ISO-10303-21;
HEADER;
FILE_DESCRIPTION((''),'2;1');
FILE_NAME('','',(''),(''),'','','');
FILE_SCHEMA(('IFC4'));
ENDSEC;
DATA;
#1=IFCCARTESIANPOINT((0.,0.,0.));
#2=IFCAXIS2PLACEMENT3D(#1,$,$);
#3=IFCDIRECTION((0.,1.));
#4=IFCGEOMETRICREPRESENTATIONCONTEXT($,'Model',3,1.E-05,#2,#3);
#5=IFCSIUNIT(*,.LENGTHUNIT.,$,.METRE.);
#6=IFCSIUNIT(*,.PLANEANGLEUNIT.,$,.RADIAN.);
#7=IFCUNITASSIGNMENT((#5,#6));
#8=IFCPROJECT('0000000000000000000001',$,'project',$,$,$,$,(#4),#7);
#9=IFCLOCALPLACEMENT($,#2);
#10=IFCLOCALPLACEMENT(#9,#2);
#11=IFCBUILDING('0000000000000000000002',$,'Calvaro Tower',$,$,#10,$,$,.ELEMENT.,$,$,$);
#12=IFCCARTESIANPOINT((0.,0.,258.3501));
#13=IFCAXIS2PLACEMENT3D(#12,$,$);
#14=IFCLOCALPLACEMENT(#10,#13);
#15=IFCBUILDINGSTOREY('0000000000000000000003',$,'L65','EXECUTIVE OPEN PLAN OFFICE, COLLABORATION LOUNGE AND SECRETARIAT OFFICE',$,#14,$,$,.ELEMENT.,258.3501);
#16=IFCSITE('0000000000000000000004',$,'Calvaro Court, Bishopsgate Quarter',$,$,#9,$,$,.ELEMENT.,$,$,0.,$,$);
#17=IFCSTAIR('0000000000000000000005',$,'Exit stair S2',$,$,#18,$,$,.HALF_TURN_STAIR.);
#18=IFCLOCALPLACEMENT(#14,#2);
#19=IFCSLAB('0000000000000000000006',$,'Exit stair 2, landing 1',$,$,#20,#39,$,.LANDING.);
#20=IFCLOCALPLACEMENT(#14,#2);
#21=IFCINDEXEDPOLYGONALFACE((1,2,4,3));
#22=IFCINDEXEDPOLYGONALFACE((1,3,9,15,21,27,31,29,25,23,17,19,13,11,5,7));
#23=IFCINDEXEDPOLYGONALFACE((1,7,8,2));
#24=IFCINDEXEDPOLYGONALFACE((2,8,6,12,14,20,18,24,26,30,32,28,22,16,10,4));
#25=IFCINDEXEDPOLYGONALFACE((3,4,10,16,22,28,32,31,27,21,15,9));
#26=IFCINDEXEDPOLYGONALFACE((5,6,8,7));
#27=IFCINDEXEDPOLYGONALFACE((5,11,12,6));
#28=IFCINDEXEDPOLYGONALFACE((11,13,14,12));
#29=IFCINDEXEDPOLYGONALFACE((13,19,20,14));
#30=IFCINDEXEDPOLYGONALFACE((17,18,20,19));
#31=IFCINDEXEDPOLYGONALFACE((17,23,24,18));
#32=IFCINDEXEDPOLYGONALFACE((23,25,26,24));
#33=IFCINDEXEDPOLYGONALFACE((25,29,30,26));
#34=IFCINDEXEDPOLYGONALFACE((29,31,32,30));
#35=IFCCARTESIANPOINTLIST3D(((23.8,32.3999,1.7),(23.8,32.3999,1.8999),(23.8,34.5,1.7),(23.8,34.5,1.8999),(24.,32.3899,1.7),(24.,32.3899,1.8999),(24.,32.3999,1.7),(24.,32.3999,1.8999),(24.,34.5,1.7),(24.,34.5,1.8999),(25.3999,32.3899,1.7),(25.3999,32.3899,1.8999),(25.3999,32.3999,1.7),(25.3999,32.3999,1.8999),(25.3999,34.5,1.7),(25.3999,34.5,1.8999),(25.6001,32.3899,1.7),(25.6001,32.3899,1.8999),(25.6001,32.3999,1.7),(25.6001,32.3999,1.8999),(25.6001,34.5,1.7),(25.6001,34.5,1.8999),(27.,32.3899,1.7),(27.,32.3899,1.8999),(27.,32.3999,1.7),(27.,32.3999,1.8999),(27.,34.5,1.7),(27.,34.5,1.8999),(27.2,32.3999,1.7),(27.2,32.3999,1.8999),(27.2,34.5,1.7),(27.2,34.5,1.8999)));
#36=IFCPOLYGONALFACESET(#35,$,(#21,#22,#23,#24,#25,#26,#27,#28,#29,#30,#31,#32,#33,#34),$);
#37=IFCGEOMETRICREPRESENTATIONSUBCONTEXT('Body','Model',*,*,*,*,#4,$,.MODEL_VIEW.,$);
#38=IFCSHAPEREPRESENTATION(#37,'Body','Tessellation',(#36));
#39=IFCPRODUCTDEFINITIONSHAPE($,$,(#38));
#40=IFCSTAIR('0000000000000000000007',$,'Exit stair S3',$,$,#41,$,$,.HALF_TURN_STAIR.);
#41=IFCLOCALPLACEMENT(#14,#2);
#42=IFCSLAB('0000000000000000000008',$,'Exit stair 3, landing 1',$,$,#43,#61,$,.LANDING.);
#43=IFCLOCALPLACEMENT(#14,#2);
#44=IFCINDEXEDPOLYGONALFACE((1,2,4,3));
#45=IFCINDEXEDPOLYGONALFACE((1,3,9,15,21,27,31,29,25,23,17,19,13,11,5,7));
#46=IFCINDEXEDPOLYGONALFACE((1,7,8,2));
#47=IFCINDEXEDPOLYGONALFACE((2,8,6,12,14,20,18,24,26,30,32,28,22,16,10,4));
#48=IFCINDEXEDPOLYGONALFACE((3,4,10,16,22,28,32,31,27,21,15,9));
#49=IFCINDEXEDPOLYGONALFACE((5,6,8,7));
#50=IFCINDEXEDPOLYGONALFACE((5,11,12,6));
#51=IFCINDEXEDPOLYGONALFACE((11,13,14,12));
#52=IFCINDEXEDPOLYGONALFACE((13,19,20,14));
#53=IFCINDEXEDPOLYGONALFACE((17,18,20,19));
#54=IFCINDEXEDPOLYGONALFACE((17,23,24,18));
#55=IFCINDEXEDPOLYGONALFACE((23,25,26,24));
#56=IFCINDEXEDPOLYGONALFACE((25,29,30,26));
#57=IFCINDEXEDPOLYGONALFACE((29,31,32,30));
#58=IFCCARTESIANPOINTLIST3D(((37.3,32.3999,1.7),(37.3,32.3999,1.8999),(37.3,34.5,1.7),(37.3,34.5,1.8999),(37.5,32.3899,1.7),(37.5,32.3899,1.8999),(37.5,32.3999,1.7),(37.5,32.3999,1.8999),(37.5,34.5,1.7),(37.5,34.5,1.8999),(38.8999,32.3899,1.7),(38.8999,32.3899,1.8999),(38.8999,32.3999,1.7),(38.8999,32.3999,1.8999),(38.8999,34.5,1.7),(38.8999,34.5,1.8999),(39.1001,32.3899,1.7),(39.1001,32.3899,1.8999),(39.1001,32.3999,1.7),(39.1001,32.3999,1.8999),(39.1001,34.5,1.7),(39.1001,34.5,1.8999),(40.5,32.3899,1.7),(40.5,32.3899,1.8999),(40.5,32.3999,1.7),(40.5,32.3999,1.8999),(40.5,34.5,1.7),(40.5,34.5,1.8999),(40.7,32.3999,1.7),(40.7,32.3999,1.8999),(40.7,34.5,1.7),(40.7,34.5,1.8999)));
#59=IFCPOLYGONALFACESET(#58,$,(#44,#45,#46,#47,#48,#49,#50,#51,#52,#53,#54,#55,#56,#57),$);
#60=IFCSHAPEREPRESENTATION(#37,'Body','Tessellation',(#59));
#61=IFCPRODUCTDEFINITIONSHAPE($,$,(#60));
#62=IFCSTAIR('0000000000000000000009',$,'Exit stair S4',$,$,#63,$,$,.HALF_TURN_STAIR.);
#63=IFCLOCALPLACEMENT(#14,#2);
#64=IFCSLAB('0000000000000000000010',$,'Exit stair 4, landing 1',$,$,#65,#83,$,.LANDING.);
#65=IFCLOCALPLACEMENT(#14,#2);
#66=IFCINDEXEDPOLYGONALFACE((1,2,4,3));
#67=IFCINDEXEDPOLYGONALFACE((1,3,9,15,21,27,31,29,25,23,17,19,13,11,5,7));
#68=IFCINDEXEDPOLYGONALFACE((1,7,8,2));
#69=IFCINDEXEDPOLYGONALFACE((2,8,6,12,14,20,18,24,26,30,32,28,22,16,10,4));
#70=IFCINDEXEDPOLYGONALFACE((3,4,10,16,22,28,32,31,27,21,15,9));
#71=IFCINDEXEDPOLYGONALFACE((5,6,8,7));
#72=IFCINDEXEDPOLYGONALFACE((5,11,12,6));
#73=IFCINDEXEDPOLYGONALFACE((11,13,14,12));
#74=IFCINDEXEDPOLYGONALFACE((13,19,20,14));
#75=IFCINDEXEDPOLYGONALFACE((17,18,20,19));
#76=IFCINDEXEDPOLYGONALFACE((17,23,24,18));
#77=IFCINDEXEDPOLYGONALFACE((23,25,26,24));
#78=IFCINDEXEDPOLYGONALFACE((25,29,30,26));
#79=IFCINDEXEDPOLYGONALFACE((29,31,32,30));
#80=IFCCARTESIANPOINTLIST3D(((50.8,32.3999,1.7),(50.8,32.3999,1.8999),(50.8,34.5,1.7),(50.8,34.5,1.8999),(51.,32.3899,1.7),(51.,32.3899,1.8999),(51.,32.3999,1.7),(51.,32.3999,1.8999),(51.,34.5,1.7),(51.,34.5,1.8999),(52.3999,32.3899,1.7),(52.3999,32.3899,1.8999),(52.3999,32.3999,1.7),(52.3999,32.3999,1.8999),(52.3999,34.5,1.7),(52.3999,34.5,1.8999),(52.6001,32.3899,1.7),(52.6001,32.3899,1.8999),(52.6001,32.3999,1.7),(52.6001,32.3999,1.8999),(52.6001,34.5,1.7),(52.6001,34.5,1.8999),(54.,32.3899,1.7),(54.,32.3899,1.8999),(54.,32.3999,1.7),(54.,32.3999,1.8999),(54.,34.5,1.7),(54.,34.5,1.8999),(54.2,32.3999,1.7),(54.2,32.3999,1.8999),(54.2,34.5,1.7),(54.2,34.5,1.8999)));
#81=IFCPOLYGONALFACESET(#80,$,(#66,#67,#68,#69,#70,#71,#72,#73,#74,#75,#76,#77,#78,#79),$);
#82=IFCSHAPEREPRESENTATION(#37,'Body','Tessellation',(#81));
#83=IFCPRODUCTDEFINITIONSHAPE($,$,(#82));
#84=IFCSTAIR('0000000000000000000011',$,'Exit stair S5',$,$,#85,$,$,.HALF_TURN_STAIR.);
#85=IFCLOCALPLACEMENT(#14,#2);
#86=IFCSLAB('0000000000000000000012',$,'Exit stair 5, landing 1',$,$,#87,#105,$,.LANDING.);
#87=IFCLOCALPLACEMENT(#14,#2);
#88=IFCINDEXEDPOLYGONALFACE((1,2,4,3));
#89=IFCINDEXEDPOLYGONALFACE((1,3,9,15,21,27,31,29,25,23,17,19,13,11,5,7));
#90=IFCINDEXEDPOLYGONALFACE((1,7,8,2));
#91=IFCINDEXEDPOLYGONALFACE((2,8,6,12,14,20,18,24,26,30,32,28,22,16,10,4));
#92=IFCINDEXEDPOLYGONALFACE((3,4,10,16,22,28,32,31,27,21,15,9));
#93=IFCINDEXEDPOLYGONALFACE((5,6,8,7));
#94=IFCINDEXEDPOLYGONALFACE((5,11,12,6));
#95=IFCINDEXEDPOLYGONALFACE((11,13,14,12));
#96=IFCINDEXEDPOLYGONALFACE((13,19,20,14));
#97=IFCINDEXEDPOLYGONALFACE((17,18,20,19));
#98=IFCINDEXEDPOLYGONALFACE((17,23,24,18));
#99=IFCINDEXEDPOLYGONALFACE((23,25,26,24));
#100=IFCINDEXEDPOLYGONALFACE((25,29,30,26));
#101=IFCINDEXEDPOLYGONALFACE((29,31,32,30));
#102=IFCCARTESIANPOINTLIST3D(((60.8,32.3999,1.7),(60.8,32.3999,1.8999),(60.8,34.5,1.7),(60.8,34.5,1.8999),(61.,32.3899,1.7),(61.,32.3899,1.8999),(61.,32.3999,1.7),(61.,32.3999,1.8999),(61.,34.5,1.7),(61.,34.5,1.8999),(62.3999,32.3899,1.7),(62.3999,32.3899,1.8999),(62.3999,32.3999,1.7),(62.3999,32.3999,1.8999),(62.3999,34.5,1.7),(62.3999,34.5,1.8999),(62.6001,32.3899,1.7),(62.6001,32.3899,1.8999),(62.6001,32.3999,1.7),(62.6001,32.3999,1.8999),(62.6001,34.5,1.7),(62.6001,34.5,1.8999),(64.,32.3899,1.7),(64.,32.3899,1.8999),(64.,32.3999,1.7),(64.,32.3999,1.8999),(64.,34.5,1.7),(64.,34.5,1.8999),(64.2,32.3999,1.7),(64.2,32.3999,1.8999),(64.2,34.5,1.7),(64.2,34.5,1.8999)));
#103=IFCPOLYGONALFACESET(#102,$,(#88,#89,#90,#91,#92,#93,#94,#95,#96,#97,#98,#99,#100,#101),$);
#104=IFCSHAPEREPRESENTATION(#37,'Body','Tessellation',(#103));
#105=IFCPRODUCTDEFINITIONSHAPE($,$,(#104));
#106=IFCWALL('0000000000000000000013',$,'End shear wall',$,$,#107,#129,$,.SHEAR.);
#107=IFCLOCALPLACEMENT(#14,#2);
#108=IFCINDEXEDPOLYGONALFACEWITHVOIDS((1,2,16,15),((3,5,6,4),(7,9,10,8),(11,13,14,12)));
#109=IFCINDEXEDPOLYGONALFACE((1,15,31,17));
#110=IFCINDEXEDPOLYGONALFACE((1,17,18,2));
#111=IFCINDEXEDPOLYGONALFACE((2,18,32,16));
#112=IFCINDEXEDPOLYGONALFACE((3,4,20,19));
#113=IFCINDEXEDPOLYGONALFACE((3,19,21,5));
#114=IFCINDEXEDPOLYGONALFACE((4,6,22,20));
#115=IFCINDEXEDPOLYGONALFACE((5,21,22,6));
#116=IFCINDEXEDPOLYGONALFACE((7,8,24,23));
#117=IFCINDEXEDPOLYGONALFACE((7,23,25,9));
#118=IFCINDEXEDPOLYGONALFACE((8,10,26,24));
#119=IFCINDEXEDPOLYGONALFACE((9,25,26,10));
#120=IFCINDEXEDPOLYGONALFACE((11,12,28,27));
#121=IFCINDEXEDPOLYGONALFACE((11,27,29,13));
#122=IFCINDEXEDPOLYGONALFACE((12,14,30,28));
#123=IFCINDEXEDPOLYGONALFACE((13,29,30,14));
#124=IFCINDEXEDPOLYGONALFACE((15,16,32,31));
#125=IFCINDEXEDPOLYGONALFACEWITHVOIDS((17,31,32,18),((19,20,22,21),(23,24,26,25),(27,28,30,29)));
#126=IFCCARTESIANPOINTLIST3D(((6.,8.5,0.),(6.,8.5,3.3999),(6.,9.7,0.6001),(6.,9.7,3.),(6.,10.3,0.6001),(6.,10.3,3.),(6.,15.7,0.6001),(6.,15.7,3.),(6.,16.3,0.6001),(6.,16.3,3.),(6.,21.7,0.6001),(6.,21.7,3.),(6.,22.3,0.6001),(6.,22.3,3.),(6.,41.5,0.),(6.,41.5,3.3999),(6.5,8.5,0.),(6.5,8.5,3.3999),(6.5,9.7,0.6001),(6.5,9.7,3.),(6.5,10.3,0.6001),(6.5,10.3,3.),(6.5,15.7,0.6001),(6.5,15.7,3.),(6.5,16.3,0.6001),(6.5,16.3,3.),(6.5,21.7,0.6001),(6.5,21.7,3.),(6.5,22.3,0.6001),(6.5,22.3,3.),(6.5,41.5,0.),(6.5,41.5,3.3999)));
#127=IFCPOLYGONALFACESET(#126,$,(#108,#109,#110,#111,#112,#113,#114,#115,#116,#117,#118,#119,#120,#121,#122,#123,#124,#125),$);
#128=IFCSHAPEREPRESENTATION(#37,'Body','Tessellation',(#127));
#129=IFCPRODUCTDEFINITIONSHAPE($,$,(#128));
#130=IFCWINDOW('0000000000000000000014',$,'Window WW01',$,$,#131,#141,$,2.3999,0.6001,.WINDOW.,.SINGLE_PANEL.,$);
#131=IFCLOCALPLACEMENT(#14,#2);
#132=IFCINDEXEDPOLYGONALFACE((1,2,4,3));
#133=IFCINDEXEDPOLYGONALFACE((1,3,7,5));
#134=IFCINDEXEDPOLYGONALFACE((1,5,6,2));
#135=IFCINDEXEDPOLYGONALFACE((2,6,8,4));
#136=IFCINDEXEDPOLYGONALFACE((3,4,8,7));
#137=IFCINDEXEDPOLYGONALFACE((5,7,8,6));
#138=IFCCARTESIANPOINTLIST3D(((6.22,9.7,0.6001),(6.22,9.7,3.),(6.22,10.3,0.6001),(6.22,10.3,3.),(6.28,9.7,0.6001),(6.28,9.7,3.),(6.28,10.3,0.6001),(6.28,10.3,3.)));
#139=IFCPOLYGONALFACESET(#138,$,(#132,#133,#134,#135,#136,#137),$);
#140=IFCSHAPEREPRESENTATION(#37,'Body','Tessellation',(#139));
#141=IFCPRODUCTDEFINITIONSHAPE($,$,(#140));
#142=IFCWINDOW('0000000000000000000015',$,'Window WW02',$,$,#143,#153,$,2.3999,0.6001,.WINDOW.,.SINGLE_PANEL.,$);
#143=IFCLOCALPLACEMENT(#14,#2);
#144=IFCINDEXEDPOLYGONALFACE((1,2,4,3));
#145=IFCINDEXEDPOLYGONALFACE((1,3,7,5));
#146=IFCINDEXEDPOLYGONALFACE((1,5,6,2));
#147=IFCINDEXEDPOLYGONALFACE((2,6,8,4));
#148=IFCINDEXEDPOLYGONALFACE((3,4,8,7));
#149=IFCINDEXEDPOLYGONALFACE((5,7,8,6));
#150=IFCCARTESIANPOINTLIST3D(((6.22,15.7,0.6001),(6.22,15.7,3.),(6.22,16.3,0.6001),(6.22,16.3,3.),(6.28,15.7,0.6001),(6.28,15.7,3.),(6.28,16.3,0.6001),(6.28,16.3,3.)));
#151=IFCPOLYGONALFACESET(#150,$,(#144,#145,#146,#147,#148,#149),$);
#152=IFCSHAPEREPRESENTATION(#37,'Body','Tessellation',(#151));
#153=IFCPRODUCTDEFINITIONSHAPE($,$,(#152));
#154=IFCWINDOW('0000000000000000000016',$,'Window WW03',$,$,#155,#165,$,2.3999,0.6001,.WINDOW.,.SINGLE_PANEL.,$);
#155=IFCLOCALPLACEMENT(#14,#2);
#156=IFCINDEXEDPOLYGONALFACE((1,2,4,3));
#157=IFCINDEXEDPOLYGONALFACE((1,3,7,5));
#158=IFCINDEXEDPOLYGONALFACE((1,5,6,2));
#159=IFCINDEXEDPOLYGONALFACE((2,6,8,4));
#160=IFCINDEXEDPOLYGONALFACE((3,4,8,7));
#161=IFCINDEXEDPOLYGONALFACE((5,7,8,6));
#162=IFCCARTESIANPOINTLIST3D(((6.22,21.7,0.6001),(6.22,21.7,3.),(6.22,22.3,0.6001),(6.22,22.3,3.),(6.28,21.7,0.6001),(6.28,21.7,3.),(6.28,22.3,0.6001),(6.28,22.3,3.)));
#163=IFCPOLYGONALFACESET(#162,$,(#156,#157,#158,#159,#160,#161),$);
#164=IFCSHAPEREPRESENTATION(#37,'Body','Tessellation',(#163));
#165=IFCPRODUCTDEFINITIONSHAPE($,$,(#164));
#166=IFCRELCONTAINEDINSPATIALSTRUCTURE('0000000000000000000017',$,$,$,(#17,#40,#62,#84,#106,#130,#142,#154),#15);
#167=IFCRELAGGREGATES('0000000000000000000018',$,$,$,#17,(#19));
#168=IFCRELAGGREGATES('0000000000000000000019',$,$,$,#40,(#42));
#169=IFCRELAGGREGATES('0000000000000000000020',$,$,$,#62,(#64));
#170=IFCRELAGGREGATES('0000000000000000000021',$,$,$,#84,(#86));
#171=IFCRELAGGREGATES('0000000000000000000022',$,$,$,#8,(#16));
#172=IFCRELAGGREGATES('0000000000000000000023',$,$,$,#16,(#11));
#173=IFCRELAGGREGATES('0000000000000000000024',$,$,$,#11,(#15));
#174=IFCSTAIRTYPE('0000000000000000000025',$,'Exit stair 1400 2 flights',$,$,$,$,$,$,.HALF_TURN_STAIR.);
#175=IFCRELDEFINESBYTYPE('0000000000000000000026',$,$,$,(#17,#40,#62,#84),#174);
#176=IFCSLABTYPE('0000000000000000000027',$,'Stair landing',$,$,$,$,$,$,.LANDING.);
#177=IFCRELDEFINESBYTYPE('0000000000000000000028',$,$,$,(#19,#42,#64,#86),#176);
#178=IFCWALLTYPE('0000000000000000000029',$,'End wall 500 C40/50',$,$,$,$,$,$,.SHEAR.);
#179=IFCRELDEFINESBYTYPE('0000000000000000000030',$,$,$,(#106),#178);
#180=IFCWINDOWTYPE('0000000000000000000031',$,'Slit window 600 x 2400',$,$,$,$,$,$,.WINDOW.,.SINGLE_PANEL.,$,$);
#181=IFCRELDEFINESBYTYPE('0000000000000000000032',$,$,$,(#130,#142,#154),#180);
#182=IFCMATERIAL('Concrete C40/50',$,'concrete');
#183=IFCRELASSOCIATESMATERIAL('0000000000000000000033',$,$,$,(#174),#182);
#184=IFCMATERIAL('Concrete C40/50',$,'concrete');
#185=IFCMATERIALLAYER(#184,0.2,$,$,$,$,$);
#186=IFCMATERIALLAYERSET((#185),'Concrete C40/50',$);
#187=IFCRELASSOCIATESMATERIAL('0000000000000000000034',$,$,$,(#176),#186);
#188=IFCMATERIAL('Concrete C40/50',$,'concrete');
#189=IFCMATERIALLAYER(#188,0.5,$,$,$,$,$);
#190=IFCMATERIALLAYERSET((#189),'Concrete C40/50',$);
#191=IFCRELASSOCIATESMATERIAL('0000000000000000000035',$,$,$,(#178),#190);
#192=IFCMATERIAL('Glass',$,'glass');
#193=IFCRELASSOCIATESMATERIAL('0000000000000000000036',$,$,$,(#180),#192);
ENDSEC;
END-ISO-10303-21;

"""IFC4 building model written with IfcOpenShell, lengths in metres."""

from ifc_helpers import new_model, si_unit, direction, frame, frame_2d, origin, place, context, subcontext, project, spatial, polyline, rectangle, outline, extrude, material, layer, layer_set, type_object, element, fill, aggregate, save


model = new_model("IFC4")

# Units and contexts
model_context = context("Model", 3, precision=1e-05, world=origin(), true_north=direction((0.0, 1.0)))
body_context = subcontext(model_context, "Body", "Model", "MODEL_VIEW")
ifc_project = project(units=[si_unit("LENGTHUNIT", "METRE"), si_unit("PLANEANGLEUNIT", "RADIAN")], contexts=[model_context])

# Site, building, storey
site_placement = place(None, origin())
site = spatial("IfcSite", under=ifc_project, at=site_placement, Name="Calvaro Court, Bishopsgate Quarter", CompositionType="ELEMENT", RefElevation=0.0)
building_placement = place(site_placement, origin())
building = spatial("IfcBuilding", under=site, at=building_placement, Name="Calvaro Tower", CompositionType="ELEMENT")
storey_placement = place(building_placement, frame((0.0, 0.0, 258.3501)))
storey = spatial("IfcBuildingStorey", under=building, at=storey_placement, Name="L65", Description="EXECUTIVE OPEN PLAN OFFICE, COLLABORATION LOUNGE AND SECRETARIAT OFFICE", CompositionType="ELEMENT", Elevation=258.3501)

# Stairs, slabs
ifc_material_1 = material(Name="Concrete C40/50", Category="concrete")
stair_type = type_object("IfcStairType", Name="Exit stair 1400 2 flights", PredefinedType="HALF_TURN_STAIR", material=ifc_material_1)
ifc_material_2 = material(Name="Concrete C40/50", Category="concrete")
ifc_layer_1 = layer(ifc_material_2, 0.2)
ifc_layer_set_1 = layer_set([ifc_layer_1], Name="Concrete C40/50")
slab_type_1 = type_object("IfcSlabType", Name="Stair landing", PredefinedType="LANDING", material=ifc_layer_set_1)
stair_1_placement = place(storey_placement, origin())
stair_1 = element("IfcStair", 1, at=stair_1_placement, inside=storey, type_object=stair_type, Name="Exit stair S2", PredefinedType="HALF_TURN_STAIR")
slab_1_placement = place(storey_placement, frame((0.0, 0.0, 1.7)))
slab_1 = element("IfcSlab", 2, at=slab_1_placement, type_object=slab_type_1, Name="Exit stair 2, landing 1", PredefinedType="LANDING", context=body_context, shape_type="SweptSolid", body=[
    extrude(outline(polyline([(25.3999, 32.3899), (24.0, 32.3899), (24.0, 32.3999), (23.8, 32.3999), (23.8, 34.5), (24.0, 34.5), (25.3999, 34.5), (25.6001, 34.5), (27.0, 34.5), (27.2, 34.5), (27.2, 32.3999), (27.0, 32.3999), (27.0, 32.3899), (25.6001, 32.3899), (25.6001, 32.3999), (25.3999, 32.3999), (25.3999, 32.3899)])), origin(), (0.0, 0.0, 1.0), 0.2),
])
aggregate(stair_1, [slab_1])
stair_2_placement = place(storey_placement, origin())
stair_2 = element("IfcStair", 3, at=stair_2_placement, inside=storey, type_object=stair_type, Name="Exit stair S3", PredefinedType="HALF_TURN_STAIR")
slab_2_placement = place(storey_placement, frame((0.0, 0.0, 1.7)))
slab_2 = element("IfcSlab", 4, at=slab_2_placement, type_object=slab_type_1, Name="Exit stair 3, landing 1", PredefinedType="LANDING", context=body_context, shape_type="SweptSolid", body=[
    extrude(outline(polyline([(38.8999, 32.3899), (37.5, 32.3899), (37.5, 32.3999), (37.3, 32.3999), (37.3, 34.5), (37.5, 34.5), (38.8999, 34.5), (39.1001, 34.5), (40.5, 34.5), (40.7, 34.5), (40.7, 32.3999), (40.5, 32.3999), (40.5, 32.3899), (39.1001, 32.3899), (39.1001, 32.3999), (38.8999, 32.3999), (38.8999, 32.3899)])), origin(), (0.0, 0.0, 1.0), 0.2),
])
aggregate(stair_2, [slab_2])
stair_3_placement = place(storey_placement, origin())
stair_3 = element("IfcStair", 5, at=stair_3_placement, inside=storey, type_object=stair_type, Name="Exit stair S4", PredefinedType="HALF_TURN_STAIR")
slab_3_placement = place(storey_placement, frame((0.0, 0.0, 1.7)))
slab_3 = element("IfcSlab", 6, at=slab_3_placement, type_object=slab_type_1, Name="Exit stair 4, landing 1", PredefinedType="LANDING", context=body_context, shape_type="SweptSolid", body=[
    extrude(outline(polyline([(52.3999, 32.3899), (51.0, 32.3899), (51.0, 32.3999), (50.8, 32.3999), (50.8, 34.5), (51.0, 34.5), (52.3999, 34.5), (52.6001, 34.5), (54.0, 34.5), (54.2, 34.5), (54.2, 32.3999), (54.0, 32.3999), (54.0, 32.3899), (52.6001, 32.3899), (52.6001, 32.3999), (52.3999, 32.3999), (52.3999, 32.3899)])), origin(), (0.0, 0.0, 1.0), 0.2),
])
aggregate(stair_3, [slab_3])
stair_4_placement = place(storey_placement, origin())
stair_4 = element("IfcStair", 7, at=stair_4_placement, inside=storey, type_object=stair_type, Name="Exit stair S5", PredefinedType="HALF_TURN_STAIR")
slab_4_placement = place(storey_placement, frame((0.0, 0.0, 1.7)))
slab_4 = element("IfcSlab", 8, at=slab_4_placement, type_object=slab_type_1, Name="Exit stair 5, landing 1", PredefinedType="LANDING", context=body_context, shape_type="SweptSolid", body=[
    extrude(outline(polyline([(62.3999, 32.3899), (61.0, 32.3899), (61.0, 32.3999), (60.8, 32.3999), (60.8, 34.5), (61.0, 34.5), (62.3999, 34.5), (62.6001, 34.5), (64.0, 34.5), (64.2, 34.5), (64.2, 32.3999), (64.0, 32.3999), (64.0, 32.3899), (62.6001, 32.3899), (62.6001, 32.3999), (62.3999, 32.3999), (62.3999, 32.3899)])), origin(), (0.0, 0.0, 1.0), 0.2),
])
aggregate(stair_4, [slab_4])

# Wall, openings, windows
ifc_material_3 = material(Name="Concrete C40/50", Category="concrete")
ifc_layer_2 = layer(ifc_material_3, 0.5)
ifc_layer_set_2 = layer_set([ifc_layer_2], Name="Concrete C40/50")
wall_type = type_object("IfcWallType", Name="End wall 500 C40/50", PredefinedType="SHEAR", material=ifc_layer_set_2)
wall_placement = place(storey_placement, frame((6.25, 8.5, 0.0), z_axis=(0.0, 0.0, 1.0), x_axis=(0.0, 1.0, 0.0)))
wall = element("IfcWall", 9, at=wall_placement, inside=storey, type_object=wall_type, Name="End shear wall", PredefinedType="SHEAR", context=body_context, shape_type="SweptSolid", body=[
    extrude(rectangle(XDim=33.0, YDim=0.5, at=frame_2d((16.5, 0.0))), origin(), (0.0, 0.0, 1.0), 3.3999),
])
opening_1_placement = place(wall_placement, frame((1.2, 0.0, 0.6001)))
opening_1 = element("IfcOpeningElement", 10, at=opening_1_placement, cuts=wall, PredefinedType="OPENING", context=body_context, shape_type="SweptSolid", body=[
    extrude(rectangle(XDim=0.6001, YDim=2.3999, at=frame_2d((0.3, 1.2))), frame((0.0, 0.26, 0.0), z_axis=(0.0, -1.0, 0.0), x_axis=(1.0, 0.0, 0.0)), (0.0, 0.0, 1.0), 0.52),
])
opening_2_placement = place(wall_placement, frame((7.2, 0.0, 0.6001)))
opening_2 = element("IfcOpeningElement", 11, at=opening_2_placement, cuts=wall, PredefinedType="OPENING", context=body_context, shape_type="SweptSolid", body=[
    extrude(rectangle(XDim=0.6001, YDim=2.3999, at=frame_2d((0.3, 1.2))), frame((0.0, 0.26, 0.0), z_axis=(0.0, -1.0, 0.0), x_axis=(1.0, 0.0, 0.0)), (0.0, 0.0, 1.0), 0.52),
])
opening_3_placement = place(wall_placement, frame((13.2, 0.0, 0.6001)))
opening_3 = element("IfcOpeningElement", 12, at=opening_3_placement, cuts=wall, PredefinedType="OPENING", context=body_context, shape_type="SweptSolid", body=[
    extrude(rectangle(XDim=0.6001, YDim=2.3999, at=frame_2d((0.3, 1.2))), frame((0.0, 0.26, 0.0), z_axis=(0.0, -1.0, 0.0), x_axis=(1.0, 0.0, 0.0)), (0.0, 0.0, 1.0), 0.52),
])
ifc_material_4 = material(Name="Glass", Category="glass")
window_type = type_object("IfcWindowType", Name="Slit window 600 x 2400", PartitioningType="SINGLE_PANEL", PredefinedType="WINDOW", material=ifc_material_4)
window_1_placement = place(opening_1_placement, origin())
window_1 = element("IfcWindow", 13, at=window_1_placement, inside=storey, type_object=window_type, Name="Window WW01", OverallHeight=2.3999, OverallWidth=0.6001, PartitioningType="SINGLE_PANEL", PredefinedType="WINDOW", context=body_context, shape_type="SweptSolid", body=[
    extrude(rectangle(XDim=0.6001, YDim=2.3999, at=frame_2d((0.3, 1.2))), frame((0.0, 0.03, 0.0), z_axis=(0.0, -1.0, 0.0), x_axis=(1.0, 0.0, 0.0)), (0.0, 0.0, 1.0), 0.0601),
])
fill(opening_1, window_1)
window_2_placement = place(opening_2_placement, origin())
window_2 = element("IfcWindow", 14, at=window_2_placement, inside=storey, type_object=window_type, Name="Window WW02", OverallHeight=2.3999, OverallWidth=0.6001, PartitioningType="SINGLE_PANEL", PredefinedType="WINDOW", context=body_context, shape_type="SweptSolid", body=[
    extrude(rectangle(XDim=0.6001, YDim=2.3999, at=frame_2d((0.3, 1.2))), frame((0.0, 0.03, 0.0), z_axis=(0.0, -1.0, 0.0), x_axis=(1.0, 0.0, 0.0)), (0.0, 0.0, 1.0), 0.0601),
])
fill(opening_2, window_2)
window_3_placement = place(opening_3_placement, origin())
window_3 = element("IfcWindow", 15, at=window_3_placement, inside=storey, type_object=window_type, Name="Window WW03", OverallHeight=2.3999, OverallWidth=0.6001, PartitioningType="SINGLE_PANEL", PredefinedType="WINDOW", context=body_context, shape_type="SweptSolid", body=[
    extrude(rectangle(XDim=0.6001, YDim=2.3999, at=frame_2d((0.3, 1.2))), frame((0.0, 0.03, 0.0), z_axis=(0.0, -1.0, 0.0), x_axis=(1.0, 0.0, 0.0)), (0.0, 0.0, 1.0), 0.0601),
])
fill(opening_3, window_3)

save(model, "model.ifc")
